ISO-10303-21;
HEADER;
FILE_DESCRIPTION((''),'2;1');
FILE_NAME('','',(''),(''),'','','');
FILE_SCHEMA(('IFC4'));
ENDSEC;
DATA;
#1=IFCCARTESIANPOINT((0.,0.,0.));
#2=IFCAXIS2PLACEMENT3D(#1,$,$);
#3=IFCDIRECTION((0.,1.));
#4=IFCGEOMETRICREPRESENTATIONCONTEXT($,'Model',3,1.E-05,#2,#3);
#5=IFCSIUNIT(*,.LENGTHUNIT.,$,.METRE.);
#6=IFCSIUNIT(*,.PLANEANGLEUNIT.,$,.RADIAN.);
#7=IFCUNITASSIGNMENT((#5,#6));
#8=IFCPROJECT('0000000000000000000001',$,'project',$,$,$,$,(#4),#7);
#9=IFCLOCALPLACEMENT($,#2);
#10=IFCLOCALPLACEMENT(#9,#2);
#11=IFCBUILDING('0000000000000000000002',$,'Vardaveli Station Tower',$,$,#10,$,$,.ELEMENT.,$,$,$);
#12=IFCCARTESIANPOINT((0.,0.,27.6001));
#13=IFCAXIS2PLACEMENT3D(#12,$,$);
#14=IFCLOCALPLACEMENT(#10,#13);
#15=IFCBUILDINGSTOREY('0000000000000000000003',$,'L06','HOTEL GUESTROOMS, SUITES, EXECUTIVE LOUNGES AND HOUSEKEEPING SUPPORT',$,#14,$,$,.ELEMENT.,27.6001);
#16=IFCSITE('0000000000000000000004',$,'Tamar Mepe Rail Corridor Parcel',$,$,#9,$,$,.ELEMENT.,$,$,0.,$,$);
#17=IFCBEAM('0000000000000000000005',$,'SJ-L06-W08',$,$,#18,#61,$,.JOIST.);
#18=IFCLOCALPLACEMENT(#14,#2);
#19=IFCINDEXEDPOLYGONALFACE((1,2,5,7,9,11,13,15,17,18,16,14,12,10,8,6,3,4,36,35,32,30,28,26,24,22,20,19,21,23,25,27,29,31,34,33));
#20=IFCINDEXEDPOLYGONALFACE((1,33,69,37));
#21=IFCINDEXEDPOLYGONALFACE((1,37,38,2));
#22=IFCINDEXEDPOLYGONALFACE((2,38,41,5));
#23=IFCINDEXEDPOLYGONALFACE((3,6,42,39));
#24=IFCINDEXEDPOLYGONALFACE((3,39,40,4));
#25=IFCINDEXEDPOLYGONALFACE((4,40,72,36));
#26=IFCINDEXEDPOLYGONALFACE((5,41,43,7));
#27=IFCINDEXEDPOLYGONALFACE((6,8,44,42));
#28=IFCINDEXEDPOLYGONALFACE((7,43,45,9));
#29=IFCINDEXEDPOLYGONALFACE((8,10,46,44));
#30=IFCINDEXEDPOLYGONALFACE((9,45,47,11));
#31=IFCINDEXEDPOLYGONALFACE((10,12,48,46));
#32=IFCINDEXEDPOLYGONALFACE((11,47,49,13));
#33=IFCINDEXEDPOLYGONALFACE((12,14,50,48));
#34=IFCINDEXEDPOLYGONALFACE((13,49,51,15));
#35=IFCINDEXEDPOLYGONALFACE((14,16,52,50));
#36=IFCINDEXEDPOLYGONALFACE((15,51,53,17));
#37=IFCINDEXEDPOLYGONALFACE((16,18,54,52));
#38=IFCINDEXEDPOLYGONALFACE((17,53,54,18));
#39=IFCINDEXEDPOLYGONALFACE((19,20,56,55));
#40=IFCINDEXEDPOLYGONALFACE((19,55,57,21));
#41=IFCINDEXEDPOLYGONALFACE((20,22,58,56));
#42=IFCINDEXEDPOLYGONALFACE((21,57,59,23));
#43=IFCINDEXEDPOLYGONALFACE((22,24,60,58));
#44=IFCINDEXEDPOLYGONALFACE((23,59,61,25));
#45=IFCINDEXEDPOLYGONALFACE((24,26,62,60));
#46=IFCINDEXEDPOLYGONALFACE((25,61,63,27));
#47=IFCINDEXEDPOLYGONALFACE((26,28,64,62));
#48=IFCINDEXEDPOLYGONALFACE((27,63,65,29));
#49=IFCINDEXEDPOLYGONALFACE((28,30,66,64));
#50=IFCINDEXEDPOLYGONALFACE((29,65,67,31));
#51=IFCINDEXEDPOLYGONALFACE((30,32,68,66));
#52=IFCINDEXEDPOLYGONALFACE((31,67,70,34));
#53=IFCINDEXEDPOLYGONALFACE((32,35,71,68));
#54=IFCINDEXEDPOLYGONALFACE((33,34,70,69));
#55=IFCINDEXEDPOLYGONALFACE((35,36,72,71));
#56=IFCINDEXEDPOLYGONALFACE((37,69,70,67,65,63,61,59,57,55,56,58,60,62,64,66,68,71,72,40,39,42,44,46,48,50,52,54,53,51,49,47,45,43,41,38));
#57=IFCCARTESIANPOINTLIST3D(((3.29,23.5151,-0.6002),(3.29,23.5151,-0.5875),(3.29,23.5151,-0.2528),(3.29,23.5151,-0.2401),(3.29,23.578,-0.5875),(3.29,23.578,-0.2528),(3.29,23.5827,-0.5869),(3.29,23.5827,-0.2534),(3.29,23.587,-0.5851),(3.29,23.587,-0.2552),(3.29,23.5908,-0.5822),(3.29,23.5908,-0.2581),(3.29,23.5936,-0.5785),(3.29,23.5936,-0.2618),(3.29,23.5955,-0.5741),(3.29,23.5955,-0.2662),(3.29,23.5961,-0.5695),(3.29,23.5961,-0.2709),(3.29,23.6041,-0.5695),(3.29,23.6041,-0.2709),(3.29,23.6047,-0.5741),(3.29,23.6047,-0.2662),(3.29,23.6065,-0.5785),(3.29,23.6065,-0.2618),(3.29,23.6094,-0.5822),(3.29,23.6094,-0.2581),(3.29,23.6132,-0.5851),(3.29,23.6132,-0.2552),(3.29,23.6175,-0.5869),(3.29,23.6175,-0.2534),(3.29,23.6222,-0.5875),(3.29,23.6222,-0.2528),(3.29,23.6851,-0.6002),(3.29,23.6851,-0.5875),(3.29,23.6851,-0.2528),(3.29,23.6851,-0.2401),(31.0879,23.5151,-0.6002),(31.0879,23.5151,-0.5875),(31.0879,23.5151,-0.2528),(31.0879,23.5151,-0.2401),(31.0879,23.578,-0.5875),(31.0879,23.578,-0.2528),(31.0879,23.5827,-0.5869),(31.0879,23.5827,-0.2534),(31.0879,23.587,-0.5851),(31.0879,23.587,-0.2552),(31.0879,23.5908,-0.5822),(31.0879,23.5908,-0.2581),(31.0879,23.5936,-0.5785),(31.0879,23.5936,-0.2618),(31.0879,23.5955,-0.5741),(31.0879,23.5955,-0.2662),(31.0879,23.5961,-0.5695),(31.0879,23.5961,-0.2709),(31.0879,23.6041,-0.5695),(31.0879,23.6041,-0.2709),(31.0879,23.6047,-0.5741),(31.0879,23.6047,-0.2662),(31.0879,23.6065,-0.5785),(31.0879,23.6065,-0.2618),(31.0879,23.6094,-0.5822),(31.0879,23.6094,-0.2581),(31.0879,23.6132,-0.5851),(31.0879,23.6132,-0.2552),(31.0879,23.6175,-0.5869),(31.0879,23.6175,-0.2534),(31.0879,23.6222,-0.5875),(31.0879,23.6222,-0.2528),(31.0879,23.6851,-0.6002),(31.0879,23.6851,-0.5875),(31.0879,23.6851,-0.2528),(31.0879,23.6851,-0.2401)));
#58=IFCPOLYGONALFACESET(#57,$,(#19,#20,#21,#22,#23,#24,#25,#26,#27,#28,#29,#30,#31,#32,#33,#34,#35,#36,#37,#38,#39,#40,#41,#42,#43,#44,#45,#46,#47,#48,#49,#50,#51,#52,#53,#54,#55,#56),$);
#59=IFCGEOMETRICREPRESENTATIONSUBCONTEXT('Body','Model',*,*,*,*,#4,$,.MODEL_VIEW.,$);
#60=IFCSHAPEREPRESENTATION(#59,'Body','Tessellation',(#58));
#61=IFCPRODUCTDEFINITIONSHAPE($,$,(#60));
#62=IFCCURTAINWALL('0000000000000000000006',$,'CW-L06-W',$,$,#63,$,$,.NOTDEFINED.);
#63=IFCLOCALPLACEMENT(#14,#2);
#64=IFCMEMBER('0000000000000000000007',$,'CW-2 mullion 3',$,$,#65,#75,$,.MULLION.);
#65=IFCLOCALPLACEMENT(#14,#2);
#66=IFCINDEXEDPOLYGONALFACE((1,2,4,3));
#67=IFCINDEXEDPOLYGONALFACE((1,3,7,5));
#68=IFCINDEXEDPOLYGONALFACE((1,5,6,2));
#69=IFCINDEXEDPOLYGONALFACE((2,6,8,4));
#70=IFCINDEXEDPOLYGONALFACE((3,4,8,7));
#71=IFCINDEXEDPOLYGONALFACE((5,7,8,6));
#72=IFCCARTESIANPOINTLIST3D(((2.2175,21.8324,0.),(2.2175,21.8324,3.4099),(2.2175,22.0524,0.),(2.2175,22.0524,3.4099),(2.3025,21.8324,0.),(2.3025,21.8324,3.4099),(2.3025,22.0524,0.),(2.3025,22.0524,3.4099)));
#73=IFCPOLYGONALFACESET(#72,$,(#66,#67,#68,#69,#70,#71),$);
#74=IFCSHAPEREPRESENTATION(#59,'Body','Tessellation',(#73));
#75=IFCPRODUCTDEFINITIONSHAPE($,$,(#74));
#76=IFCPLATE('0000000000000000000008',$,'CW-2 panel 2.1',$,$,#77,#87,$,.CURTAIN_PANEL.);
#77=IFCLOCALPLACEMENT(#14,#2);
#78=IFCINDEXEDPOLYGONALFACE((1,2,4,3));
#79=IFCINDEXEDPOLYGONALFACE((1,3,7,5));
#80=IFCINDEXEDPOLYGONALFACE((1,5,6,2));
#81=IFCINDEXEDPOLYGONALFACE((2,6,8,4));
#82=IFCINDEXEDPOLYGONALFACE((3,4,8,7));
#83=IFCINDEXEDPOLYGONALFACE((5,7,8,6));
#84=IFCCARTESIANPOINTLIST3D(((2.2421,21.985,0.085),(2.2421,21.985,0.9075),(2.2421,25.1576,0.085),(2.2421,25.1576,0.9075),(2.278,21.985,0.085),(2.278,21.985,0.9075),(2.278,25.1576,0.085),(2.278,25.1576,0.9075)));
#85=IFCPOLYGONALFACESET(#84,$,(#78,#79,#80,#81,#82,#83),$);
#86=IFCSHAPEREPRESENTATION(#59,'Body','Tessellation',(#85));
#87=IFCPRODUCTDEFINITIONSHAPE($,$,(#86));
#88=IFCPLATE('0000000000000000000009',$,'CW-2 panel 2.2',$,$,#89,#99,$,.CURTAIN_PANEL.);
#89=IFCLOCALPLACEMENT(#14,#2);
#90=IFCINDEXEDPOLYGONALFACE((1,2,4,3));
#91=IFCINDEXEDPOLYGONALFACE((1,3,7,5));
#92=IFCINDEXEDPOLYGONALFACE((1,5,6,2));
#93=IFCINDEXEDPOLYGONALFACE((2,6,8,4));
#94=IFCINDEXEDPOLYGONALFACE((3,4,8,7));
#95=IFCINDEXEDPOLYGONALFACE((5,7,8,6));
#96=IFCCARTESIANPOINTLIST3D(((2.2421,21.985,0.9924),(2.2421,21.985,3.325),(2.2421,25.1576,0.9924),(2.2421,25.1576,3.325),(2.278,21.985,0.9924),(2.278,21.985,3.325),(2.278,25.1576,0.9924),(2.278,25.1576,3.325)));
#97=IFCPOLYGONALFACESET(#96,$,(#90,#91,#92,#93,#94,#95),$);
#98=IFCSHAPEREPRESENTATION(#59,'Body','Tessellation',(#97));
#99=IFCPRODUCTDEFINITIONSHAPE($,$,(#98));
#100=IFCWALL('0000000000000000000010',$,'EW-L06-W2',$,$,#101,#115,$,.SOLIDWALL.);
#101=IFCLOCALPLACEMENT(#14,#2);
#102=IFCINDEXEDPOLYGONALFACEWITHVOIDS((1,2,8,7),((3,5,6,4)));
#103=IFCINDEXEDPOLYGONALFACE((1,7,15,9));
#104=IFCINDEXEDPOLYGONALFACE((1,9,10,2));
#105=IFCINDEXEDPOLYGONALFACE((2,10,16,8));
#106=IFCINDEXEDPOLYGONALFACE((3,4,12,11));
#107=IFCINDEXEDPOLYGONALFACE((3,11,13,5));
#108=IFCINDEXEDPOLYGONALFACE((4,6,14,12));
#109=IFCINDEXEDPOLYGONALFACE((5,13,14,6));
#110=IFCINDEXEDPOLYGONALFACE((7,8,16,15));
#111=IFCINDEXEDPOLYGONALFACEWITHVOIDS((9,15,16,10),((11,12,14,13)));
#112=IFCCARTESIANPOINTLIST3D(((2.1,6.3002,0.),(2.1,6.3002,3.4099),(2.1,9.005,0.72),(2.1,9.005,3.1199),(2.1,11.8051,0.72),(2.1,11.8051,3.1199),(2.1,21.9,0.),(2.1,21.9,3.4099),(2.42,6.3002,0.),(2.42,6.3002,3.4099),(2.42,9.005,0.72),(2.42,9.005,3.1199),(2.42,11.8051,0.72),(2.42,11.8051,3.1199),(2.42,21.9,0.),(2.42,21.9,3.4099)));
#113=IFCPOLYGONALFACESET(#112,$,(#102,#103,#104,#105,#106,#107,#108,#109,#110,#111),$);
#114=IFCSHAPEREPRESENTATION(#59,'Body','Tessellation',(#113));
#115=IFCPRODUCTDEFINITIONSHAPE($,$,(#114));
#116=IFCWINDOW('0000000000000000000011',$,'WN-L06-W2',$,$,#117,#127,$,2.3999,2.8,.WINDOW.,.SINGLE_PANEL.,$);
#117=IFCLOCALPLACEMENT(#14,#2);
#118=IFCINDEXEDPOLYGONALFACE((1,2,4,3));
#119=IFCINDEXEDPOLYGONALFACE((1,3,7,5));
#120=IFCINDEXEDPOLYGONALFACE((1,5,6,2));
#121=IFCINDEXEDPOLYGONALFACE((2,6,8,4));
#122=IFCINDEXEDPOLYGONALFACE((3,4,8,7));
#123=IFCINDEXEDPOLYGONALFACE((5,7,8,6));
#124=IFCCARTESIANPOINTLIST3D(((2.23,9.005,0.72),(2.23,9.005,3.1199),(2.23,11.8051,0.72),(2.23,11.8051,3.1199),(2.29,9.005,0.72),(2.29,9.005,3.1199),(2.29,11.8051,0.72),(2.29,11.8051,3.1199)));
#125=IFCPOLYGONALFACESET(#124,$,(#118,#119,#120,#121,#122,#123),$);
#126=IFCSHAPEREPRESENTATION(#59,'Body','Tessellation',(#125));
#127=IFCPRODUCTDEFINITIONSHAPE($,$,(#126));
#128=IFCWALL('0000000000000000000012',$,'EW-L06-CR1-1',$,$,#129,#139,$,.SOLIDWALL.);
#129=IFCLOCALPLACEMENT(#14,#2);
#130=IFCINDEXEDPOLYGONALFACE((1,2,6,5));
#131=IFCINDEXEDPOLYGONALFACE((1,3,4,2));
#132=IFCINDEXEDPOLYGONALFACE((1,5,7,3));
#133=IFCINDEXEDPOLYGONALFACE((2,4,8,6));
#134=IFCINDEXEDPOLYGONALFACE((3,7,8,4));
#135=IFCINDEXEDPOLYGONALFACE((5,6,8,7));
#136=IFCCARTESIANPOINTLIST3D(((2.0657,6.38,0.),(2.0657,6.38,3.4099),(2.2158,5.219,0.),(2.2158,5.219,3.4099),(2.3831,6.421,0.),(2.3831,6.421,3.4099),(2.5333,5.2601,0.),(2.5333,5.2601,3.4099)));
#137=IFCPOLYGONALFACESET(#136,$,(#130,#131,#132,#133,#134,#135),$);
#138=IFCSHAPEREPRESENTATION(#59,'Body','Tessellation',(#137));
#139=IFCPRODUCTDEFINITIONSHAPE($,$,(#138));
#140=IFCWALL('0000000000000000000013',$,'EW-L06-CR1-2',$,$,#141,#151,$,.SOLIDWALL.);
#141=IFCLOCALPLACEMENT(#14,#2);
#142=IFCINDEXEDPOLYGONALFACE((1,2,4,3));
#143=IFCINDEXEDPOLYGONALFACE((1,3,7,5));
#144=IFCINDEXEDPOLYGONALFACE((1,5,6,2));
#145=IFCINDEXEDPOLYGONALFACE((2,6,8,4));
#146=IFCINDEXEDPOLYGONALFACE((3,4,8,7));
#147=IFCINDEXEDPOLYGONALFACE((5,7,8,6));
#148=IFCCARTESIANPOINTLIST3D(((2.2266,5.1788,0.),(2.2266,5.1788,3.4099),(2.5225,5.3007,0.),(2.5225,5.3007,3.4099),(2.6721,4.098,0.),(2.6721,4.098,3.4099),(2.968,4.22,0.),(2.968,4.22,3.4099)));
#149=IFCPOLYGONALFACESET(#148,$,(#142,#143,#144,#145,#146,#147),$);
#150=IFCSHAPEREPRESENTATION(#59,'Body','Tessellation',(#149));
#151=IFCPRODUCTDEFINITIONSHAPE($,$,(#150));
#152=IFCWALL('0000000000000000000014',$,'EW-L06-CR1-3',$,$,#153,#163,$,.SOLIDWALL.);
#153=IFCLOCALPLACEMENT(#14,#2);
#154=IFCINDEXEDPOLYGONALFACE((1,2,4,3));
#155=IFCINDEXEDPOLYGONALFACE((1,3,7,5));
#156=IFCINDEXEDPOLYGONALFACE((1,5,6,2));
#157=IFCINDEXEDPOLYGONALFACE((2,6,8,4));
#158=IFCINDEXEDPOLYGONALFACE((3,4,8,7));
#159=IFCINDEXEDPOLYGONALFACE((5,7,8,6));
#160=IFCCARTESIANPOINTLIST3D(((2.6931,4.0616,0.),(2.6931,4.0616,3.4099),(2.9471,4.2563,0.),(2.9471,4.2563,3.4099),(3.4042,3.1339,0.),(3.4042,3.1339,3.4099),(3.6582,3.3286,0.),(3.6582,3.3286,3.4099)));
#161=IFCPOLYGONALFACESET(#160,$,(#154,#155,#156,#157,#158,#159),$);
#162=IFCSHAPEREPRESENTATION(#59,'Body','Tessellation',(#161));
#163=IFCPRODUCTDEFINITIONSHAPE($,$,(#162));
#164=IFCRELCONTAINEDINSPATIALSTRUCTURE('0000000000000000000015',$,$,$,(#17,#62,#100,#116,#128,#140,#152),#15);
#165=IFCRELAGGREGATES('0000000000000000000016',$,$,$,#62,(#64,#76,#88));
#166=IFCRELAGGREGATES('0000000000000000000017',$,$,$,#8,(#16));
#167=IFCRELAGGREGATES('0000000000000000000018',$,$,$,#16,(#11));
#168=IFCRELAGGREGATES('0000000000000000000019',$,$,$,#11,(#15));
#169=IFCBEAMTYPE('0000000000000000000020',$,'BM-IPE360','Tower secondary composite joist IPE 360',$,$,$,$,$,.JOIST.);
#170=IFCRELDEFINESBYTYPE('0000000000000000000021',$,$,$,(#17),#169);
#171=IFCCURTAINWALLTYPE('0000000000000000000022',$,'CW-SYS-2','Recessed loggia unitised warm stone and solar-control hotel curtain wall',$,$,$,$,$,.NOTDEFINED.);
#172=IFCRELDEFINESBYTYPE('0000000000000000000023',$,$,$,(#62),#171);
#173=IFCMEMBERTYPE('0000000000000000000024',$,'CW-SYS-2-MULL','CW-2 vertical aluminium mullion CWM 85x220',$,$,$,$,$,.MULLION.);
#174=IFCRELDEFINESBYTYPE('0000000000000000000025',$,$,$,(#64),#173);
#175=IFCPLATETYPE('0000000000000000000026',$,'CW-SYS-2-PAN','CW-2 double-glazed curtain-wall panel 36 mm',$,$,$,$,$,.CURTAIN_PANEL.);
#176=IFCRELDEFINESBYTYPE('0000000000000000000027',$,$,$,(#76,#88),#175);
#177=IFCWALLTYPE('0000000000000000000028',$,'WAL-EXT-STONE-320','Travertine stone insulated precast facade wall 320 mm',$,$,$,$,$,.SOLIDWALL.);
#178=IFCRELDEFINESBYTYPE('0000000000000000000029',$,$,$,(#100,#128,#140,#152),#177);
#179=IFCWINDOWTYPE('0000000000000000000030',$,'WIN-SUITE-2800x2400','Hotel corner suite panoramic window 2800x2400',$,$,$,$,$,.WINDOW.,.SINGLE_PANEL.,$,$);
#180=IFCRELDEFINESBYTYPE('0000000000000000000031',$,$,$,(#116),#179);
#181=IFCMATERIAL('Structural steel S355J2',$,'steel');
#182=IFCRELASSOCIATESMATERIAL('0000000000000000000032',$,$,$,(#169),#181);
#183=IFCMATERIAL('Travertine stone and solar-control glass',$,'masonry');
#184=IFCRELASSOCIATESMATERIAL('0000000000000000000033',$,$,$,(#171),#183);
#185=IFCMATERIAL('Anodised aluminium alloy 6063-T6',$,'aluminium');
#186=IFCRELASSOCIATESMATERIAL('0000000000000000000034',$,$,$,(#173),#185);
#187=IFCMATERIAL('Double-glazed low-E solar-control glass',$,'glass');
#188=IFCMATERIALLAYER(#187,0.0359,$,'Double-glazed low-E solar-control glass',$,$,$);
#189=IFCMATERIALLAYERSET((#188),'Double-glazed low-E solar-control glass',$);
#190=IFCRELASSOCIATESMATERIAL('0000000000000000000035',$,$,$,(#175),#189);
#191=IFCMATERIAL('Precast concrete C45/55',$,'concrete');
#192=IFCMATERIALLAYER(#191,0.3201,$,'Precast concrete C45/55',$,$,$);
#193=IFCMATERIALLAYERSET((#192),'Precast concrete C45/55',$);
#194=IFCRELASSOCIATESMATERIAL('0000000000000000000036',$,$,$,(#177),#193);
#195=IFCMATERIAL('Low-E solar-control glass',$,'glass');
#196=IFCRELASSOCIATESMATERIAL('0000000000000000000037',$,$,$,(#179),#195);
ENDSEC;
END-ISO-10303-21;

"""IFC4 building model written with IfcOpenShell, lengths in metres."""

from ifc_helpers import new_model, si_unit, direction, frame, frame_2d, origin, origin_2d, place, context, subcontext, project, spatial, rectangle, i_section, extrude, source, transform, mapped, material, layer, layer_set, material_profile, profile_set, type_object, element, fill, aggregate, save


model = new_model("IFC4")

# Units and contexts
model_context = context("Model", 3, precision=1e-05, world=origin(), true_north=direction((0.0, 1.0)))
body_context = subcontext(model_context, "Body", "Model", "MODEL_VIEW")
ifc_project = project(units=[si_unit("LENGTHUNIT", "METRE"), si_unit("PLANEANGLEUNIT", "RADIAN")], contexts=[model_context])

# Site, building, storey
site_placement = place(None, origin())
site = spatial("IfcSite", under=ifc_project, at=site_placement, Name="Tamar Mepe Rail Corridor Parcel", CompositionType="ELEMENT", RefElevation=0.0)
building_placement = place(site_placement, origin())
building = spatial("IfcBuilding", under=site, at=building_placement, Name="Vardaveli Station Tower", CompositionType="ELEMENT")
storey_placement = place(building_placement, frame((0.0, 0.0, 27.6001)))
storey = spatial("IfcBuildingStorey", under=building, at=storey_placement, Name="L06", Description="HOTEL GUESTROOMS, SUITES, EXECUTIVE LOUNGES AND HOUSEKEEPING SUPPORT", CompositionType="ELEMENT", Elevation=27.6001)

# Beam
ifc_material_1 = material(Name="Precast concrete C45/55", Category="concrete")
ifc_material_2 = material(Name="Structural steel S355J2", Category="steel")
ifc_material_profile_1 = material_profile(ifc_material_2, i_section(OverallWidth=0.1699, OverallDepth=0.3601, WebThickness=0.0081, FlangeThickness=0.0127, FilletRadius=0.0181, at=origin_2d()), Name="IPE 360")
ifc_profile_set_1 = profile_set([ifc_material_profile_1], Name="Structural steel S355J2")
beam_type_1 = type_object("IfcBeamType", Name="BM-IPE360", Description="Tower secondary composite joist IPE 360", PredefinedType="JOIST", material=ifc_profile_set_1)
shared_shape_1 = source(origin(), body_context, "Body", "SweptSolid", [
    extrude(i_section(OverallWidth=0.1699, OverallDepth=0.3601, WebThickness=0.0081, FlangeThickness=0.0127, FilletRadius=0.0181, at=origin_2d()), origin(), (0.0, 0.0, 1.0), 27.7979),
])
for number, where, z_axis, x_axis, name in (
    (1, (3.29, 23.6001, -0.4202), (1.0, 0.0, 0.0), (0.0, 1.0, 0.0), "SJ-L06-W08"),
):
    element("IfcBeam", number, at=place(storey_placement, frame(where, z_axis=z_axis, x_axis=x_axis)), inside=storey, type_object=beam_type_1, Name=name, PredefinedType="JOIST", context=body_context, shape_type="MappedRepresentation", body=[
        mapped(shared_shape_1, transform((0.0, 0.0, 0.0), scale=1.0)),
    ])

# Curtain wall, member, plates
ifc_material_3 = material(Name="Travertine stone and solar-control glass", Category="masonry")
curtain_wall_type = type_object("IfcCurtainWallType", Name="CW-SYS-2", Description="Recessed loggia unitised warm stone and solar-control hotel curtain wall", PredefinedType="NOTDEFINED", material=ifc_material_3)
curtain_wall_placement = place(storey_placement, origin())
curtain_wall = element("IfcCurtainWall", 2, at=curtain_wall_placement, inside=storey, type_object=curtain_wall_type, Name="CW-L06-W", PredefinedType="NOTDEFINED")
ifc_material_4 = material(Name="Anodised aluminium alloy 6063-T6", Category="aluminium")
ifc_material_profile_2 = material_profile(ifc_material_4, rectangle(XDim=0.085, YDim=0.22, at=origin_2d()), Name="CWM 85x220")
ifc_profile_set_2 = profile_set([ifc_material_profile_2], Name="Anodised aluminium alloy 6063-T6")
member_type = type_object("IfcMemberType", Name="CW-SYS-2-MULL", Description="CW-2 vertical aluminium mullion CWM 85x220", PredefinedType="MULLION", material=ifc_profile_set_2)
shared_shape_2 = source(origin(), body_context, "Body", "SweptSolid", [
    extrude(rectangle(XDim=0.085, YDim=0.22, at=origin_2d()), origin(), (0.0, 0.0, 1.0), 3.4099),
])
member_placement = place(storey_placement, frame((2.26, 21.9424, 0.0), z_axis=(0.0, 0.0, 1.0), x_axis=(1.0, 0.0, 0.0)))
member = element("IfcMember", 3, at=member_placement, type_object=member_type, Name="CW-2 mullion 3", PredefinedType="MULLION", context=body_context, shape_type="MappedRepresentation", body=[
    mapped(shared_shape_2, transform((0.0, 0.0, 0.0), scale=1.0)),
])
ifc_material_5 = material(Name="Double-glazed low-E solar-control glass", Category="glass")
ifc_layer_1 = layer(ifc_material_5, 0.0359, Name="Double-glazed low-E solar-control glass")
ifc_layer_set_1 = layer_set([ifc_layer_1], Name="Double-glazed low-E solar-control glass")
plate_type = type_object("IfcPlateType", Name="CW-SYS-2-PAN", Description="CW-2 double-glazed curtain-wall panel 36 mm", PredefinedType="CURTAIN_PANEL", material=ifc_layer_set_1)
shared_shape_3 = source(origin(), body_context, "Body", "SweptSolid", [
    extrude(rectangle(XDim=3.1726, YDim=0.0359, at=origin_2d()), origin(), (0.0, 0.0, 1.0), 0.8225),
])
plate_1_placement = place(storey_placement, frame((2.26, 23.5713, 0.085), z_axis=(0.0, 0.0, 1.0), x_axis=(0.0, -1.0, 0.0)))
plate_1 = element("IfcPlate", 4, at=plate_1_placement, type_object=plate_type, Name="CW-2 panel 2.1", PredefinedType="CURTAIN_PANEL", context=body_context, shape_type="MappedRepresentation", body=[
    mapped(shared_shape_3, transform((0.0, 0.0, 0.0), scale=1.0)),
])
shared_shape_4 = source(origin(), body_context, "Body", "SweptSolid", [
    extrude(rectangle(XDim=3.1726, YDim=0.0359, at=origin_2d()), origin(), (0.0, 0.0, 1.0), 2.3325),
])
plate_2_placement = place(storey_placement, frame((2.26, 23.5713, 0.9924), z_axis=(0.0, 0.0, 1.0), x_axis=(0.0, -1.0, 0.0)))
plate_2 = element("IfcPlate", 5, at=plate_2_placement, type_object=plate_type, Name="CW-2 panel 2.2", PredefinedType="CURTAIN_PANEL", context=body_context, shape_type="MappedRepresentation", body=[
    mapped(shared_shape_4, transform((0.0, 0.0, 0.0), scale=1.0)),
])
aggregate(curtain_wall, [member, plate_1, plate_2])

# Wall, opening, window
ifc_layer_2 = layer(ifc_material_1, 0.3201, Name="Precast concrete C45/55")
ifc_layer_set_2 = layer_set([ifc_layer_2], Name="Precast concrete C45/55")
wall_type_1 = type_object("IfcWallType", Name="WAL-EXT-STONE-320", Description="Travertine stone insulated precast facade wall 320 mm", PredefinedType="SOLIDWALL", material=ifc_layer_set_2)
shared_shape_5 = source(origin(), body_context, "Body", "SweptSolid", [
    extrude(rectangle(XDim=15.5999, YDim=0.3201, at=frame_2d((7.7998, 0.0))), origin(), (0.0, 0.0, 1.0), 3.4099),
])
wall_1_placement = place(storey_placement, frame((2.26, 21.8999, 0.0), z_axis=(0.0, 0.0, 1.0), x_axis=(0.0, -1.0, 0.0)))
wall_1 = element("IfcWall", 6, at=wall_1_placement, inside=storey, type_object=wall_type_1, Name="EW-L06-W2", PredefinedType="SOLIDWALL", context=body_context, shape_type="MappedRepresentation", body=[
    mapped(shared_shape_5, transform((0.0, 0.0, 0.0), scale=1.0)),
])
shared_shape_6 = source(origin(), body_context, "Body", "SweptSolid", [
    extrude(rectangle(XDim=2.8, YDim=2.3999, at=frame_2d((1.3999, 1.2))), frame((0.0, 0.1699, 0.0), z_axis=(0.0, -1.0, 0.0), x_axis=(1.0, 0.0, 0.0)), (0.0, 0.0, 1.0), 0.3401),
])
opening_1_placement = place(wall_1_placement, frame((10.095, 0.0, 0.72)))
opening_1 = element("IfcOpeningElement", 7, at=opening_1_placement, cuts=wall_1, PredefinedType="OPENING", context=body_context, shape_type="MappedRepresentation", body=[
    mapped(shared_shape_6, transform((0.0, 0.0, 0.0), scale=1.0)),
])
ifc_material_6 = material(Name="Low-E solar-control glass", Category="glass")
window_type = type_object("IfcWindowType", Name="WIN-SUITE-2800x2400", Description="Hotel corner suite panoramic window 2800x2400", PartitioningType="SINGLE_PANEL", PredefinedType="WINDOW", material=ifc_material_6)
shared_shape_7 = source(origin(), body_context, "Body", "SweptSolid", [
    extrude(rectangle(XDim=2.8, YDim=2.3999, at=frame_2d((1.3999, 1.2))), frame((0.0, 0.03, 0.0), z_axis=(0.0, -1.0, 0.0), x_axis=(1.0, 0.0, 0.0)), (0.0, 0.0, 1.0), 0.0601),
])
window_placement = place(opening_1_placement, origin())
window = element("IfcWindow", 8, at=window_placement, inside=storey, type_object=window_type, Name="WN-L06-W2", OverallHeight=2.3999, OverallWidth=2.8, PartitioningType="SINGLE_PANEL", PredefinedType="WINDOW", context=body_context, shape_type="MappedRepresentation", body=[
    mapped(shared_shape_7, transform((0.0, 0.0, 0.0), scale=1.0)),
])
fill(opening_1, window)

# Walls
shared_shape_8 = source(origin(), body_context, "Body", "SweptSolid", [
    extrude(rectangle(XDim=1.1707, YDim=0.3201, at=frame_2d((0.5854, 0.0))), origin(), (0.0, 0.0, 1.0), 3.4099),
])
wall_2_placement = place(storey_placement, frame((2.2244, 6.4006, 0.0), z_axis=(0.0, 0.0, 1.0), x_axis=(0.128269, -0.991739, 0.0)))
element("IfcWall", 9, at=wall_2_placement, inside=storey, type_object=wall_type_1, Name="EW-L06-CR1-1", PredefinedType="SOLIDWALL", context=body_context, shape_type="MappedRepresentation", body=[
    mapped(shared_shape_8, transform((0.0, 0.0, 0.0), scale=1.0)),
])
shared_shape_9 = source(origin(), body_context, "Body", "SweptSolid", [
    extrude(rectangle(XDim=1.1689, YDim=0.3201, at=frame_2d((0.5845, 0.0))), origin(), (0.0, 0.0, 1.0), 3.4099),
])
for number, where, z_axis, x_axis, name in (
    (10, (2.3745, 5.2397, 0.0), (0.0, 0.0, 1.0), (0.381128, -0.924522, 0.0), "EW-L06-CR1-2"),
    (11, (2.8201, 4.1589, 0.0), (0.0, 0.0, 1.0), (0.608388, -0.79364, 0.0), "EW-L06-CR1-3"),
):
    element("IfcWall", number, at=place(storey_placement, frame(where, z_axis=z_axis, x_axis=x_axis)), inside=storey, type_object=wall_type_1, Name=name, PredefinedType="SOLIDWALL", context=body_context, shape_type="MappedRepresentation", body=[
        mapped(shared_shape_9, transform((0.0, 0.0, 0.0), scale=1.0)),
    ])

save(model, "model.ifc")
